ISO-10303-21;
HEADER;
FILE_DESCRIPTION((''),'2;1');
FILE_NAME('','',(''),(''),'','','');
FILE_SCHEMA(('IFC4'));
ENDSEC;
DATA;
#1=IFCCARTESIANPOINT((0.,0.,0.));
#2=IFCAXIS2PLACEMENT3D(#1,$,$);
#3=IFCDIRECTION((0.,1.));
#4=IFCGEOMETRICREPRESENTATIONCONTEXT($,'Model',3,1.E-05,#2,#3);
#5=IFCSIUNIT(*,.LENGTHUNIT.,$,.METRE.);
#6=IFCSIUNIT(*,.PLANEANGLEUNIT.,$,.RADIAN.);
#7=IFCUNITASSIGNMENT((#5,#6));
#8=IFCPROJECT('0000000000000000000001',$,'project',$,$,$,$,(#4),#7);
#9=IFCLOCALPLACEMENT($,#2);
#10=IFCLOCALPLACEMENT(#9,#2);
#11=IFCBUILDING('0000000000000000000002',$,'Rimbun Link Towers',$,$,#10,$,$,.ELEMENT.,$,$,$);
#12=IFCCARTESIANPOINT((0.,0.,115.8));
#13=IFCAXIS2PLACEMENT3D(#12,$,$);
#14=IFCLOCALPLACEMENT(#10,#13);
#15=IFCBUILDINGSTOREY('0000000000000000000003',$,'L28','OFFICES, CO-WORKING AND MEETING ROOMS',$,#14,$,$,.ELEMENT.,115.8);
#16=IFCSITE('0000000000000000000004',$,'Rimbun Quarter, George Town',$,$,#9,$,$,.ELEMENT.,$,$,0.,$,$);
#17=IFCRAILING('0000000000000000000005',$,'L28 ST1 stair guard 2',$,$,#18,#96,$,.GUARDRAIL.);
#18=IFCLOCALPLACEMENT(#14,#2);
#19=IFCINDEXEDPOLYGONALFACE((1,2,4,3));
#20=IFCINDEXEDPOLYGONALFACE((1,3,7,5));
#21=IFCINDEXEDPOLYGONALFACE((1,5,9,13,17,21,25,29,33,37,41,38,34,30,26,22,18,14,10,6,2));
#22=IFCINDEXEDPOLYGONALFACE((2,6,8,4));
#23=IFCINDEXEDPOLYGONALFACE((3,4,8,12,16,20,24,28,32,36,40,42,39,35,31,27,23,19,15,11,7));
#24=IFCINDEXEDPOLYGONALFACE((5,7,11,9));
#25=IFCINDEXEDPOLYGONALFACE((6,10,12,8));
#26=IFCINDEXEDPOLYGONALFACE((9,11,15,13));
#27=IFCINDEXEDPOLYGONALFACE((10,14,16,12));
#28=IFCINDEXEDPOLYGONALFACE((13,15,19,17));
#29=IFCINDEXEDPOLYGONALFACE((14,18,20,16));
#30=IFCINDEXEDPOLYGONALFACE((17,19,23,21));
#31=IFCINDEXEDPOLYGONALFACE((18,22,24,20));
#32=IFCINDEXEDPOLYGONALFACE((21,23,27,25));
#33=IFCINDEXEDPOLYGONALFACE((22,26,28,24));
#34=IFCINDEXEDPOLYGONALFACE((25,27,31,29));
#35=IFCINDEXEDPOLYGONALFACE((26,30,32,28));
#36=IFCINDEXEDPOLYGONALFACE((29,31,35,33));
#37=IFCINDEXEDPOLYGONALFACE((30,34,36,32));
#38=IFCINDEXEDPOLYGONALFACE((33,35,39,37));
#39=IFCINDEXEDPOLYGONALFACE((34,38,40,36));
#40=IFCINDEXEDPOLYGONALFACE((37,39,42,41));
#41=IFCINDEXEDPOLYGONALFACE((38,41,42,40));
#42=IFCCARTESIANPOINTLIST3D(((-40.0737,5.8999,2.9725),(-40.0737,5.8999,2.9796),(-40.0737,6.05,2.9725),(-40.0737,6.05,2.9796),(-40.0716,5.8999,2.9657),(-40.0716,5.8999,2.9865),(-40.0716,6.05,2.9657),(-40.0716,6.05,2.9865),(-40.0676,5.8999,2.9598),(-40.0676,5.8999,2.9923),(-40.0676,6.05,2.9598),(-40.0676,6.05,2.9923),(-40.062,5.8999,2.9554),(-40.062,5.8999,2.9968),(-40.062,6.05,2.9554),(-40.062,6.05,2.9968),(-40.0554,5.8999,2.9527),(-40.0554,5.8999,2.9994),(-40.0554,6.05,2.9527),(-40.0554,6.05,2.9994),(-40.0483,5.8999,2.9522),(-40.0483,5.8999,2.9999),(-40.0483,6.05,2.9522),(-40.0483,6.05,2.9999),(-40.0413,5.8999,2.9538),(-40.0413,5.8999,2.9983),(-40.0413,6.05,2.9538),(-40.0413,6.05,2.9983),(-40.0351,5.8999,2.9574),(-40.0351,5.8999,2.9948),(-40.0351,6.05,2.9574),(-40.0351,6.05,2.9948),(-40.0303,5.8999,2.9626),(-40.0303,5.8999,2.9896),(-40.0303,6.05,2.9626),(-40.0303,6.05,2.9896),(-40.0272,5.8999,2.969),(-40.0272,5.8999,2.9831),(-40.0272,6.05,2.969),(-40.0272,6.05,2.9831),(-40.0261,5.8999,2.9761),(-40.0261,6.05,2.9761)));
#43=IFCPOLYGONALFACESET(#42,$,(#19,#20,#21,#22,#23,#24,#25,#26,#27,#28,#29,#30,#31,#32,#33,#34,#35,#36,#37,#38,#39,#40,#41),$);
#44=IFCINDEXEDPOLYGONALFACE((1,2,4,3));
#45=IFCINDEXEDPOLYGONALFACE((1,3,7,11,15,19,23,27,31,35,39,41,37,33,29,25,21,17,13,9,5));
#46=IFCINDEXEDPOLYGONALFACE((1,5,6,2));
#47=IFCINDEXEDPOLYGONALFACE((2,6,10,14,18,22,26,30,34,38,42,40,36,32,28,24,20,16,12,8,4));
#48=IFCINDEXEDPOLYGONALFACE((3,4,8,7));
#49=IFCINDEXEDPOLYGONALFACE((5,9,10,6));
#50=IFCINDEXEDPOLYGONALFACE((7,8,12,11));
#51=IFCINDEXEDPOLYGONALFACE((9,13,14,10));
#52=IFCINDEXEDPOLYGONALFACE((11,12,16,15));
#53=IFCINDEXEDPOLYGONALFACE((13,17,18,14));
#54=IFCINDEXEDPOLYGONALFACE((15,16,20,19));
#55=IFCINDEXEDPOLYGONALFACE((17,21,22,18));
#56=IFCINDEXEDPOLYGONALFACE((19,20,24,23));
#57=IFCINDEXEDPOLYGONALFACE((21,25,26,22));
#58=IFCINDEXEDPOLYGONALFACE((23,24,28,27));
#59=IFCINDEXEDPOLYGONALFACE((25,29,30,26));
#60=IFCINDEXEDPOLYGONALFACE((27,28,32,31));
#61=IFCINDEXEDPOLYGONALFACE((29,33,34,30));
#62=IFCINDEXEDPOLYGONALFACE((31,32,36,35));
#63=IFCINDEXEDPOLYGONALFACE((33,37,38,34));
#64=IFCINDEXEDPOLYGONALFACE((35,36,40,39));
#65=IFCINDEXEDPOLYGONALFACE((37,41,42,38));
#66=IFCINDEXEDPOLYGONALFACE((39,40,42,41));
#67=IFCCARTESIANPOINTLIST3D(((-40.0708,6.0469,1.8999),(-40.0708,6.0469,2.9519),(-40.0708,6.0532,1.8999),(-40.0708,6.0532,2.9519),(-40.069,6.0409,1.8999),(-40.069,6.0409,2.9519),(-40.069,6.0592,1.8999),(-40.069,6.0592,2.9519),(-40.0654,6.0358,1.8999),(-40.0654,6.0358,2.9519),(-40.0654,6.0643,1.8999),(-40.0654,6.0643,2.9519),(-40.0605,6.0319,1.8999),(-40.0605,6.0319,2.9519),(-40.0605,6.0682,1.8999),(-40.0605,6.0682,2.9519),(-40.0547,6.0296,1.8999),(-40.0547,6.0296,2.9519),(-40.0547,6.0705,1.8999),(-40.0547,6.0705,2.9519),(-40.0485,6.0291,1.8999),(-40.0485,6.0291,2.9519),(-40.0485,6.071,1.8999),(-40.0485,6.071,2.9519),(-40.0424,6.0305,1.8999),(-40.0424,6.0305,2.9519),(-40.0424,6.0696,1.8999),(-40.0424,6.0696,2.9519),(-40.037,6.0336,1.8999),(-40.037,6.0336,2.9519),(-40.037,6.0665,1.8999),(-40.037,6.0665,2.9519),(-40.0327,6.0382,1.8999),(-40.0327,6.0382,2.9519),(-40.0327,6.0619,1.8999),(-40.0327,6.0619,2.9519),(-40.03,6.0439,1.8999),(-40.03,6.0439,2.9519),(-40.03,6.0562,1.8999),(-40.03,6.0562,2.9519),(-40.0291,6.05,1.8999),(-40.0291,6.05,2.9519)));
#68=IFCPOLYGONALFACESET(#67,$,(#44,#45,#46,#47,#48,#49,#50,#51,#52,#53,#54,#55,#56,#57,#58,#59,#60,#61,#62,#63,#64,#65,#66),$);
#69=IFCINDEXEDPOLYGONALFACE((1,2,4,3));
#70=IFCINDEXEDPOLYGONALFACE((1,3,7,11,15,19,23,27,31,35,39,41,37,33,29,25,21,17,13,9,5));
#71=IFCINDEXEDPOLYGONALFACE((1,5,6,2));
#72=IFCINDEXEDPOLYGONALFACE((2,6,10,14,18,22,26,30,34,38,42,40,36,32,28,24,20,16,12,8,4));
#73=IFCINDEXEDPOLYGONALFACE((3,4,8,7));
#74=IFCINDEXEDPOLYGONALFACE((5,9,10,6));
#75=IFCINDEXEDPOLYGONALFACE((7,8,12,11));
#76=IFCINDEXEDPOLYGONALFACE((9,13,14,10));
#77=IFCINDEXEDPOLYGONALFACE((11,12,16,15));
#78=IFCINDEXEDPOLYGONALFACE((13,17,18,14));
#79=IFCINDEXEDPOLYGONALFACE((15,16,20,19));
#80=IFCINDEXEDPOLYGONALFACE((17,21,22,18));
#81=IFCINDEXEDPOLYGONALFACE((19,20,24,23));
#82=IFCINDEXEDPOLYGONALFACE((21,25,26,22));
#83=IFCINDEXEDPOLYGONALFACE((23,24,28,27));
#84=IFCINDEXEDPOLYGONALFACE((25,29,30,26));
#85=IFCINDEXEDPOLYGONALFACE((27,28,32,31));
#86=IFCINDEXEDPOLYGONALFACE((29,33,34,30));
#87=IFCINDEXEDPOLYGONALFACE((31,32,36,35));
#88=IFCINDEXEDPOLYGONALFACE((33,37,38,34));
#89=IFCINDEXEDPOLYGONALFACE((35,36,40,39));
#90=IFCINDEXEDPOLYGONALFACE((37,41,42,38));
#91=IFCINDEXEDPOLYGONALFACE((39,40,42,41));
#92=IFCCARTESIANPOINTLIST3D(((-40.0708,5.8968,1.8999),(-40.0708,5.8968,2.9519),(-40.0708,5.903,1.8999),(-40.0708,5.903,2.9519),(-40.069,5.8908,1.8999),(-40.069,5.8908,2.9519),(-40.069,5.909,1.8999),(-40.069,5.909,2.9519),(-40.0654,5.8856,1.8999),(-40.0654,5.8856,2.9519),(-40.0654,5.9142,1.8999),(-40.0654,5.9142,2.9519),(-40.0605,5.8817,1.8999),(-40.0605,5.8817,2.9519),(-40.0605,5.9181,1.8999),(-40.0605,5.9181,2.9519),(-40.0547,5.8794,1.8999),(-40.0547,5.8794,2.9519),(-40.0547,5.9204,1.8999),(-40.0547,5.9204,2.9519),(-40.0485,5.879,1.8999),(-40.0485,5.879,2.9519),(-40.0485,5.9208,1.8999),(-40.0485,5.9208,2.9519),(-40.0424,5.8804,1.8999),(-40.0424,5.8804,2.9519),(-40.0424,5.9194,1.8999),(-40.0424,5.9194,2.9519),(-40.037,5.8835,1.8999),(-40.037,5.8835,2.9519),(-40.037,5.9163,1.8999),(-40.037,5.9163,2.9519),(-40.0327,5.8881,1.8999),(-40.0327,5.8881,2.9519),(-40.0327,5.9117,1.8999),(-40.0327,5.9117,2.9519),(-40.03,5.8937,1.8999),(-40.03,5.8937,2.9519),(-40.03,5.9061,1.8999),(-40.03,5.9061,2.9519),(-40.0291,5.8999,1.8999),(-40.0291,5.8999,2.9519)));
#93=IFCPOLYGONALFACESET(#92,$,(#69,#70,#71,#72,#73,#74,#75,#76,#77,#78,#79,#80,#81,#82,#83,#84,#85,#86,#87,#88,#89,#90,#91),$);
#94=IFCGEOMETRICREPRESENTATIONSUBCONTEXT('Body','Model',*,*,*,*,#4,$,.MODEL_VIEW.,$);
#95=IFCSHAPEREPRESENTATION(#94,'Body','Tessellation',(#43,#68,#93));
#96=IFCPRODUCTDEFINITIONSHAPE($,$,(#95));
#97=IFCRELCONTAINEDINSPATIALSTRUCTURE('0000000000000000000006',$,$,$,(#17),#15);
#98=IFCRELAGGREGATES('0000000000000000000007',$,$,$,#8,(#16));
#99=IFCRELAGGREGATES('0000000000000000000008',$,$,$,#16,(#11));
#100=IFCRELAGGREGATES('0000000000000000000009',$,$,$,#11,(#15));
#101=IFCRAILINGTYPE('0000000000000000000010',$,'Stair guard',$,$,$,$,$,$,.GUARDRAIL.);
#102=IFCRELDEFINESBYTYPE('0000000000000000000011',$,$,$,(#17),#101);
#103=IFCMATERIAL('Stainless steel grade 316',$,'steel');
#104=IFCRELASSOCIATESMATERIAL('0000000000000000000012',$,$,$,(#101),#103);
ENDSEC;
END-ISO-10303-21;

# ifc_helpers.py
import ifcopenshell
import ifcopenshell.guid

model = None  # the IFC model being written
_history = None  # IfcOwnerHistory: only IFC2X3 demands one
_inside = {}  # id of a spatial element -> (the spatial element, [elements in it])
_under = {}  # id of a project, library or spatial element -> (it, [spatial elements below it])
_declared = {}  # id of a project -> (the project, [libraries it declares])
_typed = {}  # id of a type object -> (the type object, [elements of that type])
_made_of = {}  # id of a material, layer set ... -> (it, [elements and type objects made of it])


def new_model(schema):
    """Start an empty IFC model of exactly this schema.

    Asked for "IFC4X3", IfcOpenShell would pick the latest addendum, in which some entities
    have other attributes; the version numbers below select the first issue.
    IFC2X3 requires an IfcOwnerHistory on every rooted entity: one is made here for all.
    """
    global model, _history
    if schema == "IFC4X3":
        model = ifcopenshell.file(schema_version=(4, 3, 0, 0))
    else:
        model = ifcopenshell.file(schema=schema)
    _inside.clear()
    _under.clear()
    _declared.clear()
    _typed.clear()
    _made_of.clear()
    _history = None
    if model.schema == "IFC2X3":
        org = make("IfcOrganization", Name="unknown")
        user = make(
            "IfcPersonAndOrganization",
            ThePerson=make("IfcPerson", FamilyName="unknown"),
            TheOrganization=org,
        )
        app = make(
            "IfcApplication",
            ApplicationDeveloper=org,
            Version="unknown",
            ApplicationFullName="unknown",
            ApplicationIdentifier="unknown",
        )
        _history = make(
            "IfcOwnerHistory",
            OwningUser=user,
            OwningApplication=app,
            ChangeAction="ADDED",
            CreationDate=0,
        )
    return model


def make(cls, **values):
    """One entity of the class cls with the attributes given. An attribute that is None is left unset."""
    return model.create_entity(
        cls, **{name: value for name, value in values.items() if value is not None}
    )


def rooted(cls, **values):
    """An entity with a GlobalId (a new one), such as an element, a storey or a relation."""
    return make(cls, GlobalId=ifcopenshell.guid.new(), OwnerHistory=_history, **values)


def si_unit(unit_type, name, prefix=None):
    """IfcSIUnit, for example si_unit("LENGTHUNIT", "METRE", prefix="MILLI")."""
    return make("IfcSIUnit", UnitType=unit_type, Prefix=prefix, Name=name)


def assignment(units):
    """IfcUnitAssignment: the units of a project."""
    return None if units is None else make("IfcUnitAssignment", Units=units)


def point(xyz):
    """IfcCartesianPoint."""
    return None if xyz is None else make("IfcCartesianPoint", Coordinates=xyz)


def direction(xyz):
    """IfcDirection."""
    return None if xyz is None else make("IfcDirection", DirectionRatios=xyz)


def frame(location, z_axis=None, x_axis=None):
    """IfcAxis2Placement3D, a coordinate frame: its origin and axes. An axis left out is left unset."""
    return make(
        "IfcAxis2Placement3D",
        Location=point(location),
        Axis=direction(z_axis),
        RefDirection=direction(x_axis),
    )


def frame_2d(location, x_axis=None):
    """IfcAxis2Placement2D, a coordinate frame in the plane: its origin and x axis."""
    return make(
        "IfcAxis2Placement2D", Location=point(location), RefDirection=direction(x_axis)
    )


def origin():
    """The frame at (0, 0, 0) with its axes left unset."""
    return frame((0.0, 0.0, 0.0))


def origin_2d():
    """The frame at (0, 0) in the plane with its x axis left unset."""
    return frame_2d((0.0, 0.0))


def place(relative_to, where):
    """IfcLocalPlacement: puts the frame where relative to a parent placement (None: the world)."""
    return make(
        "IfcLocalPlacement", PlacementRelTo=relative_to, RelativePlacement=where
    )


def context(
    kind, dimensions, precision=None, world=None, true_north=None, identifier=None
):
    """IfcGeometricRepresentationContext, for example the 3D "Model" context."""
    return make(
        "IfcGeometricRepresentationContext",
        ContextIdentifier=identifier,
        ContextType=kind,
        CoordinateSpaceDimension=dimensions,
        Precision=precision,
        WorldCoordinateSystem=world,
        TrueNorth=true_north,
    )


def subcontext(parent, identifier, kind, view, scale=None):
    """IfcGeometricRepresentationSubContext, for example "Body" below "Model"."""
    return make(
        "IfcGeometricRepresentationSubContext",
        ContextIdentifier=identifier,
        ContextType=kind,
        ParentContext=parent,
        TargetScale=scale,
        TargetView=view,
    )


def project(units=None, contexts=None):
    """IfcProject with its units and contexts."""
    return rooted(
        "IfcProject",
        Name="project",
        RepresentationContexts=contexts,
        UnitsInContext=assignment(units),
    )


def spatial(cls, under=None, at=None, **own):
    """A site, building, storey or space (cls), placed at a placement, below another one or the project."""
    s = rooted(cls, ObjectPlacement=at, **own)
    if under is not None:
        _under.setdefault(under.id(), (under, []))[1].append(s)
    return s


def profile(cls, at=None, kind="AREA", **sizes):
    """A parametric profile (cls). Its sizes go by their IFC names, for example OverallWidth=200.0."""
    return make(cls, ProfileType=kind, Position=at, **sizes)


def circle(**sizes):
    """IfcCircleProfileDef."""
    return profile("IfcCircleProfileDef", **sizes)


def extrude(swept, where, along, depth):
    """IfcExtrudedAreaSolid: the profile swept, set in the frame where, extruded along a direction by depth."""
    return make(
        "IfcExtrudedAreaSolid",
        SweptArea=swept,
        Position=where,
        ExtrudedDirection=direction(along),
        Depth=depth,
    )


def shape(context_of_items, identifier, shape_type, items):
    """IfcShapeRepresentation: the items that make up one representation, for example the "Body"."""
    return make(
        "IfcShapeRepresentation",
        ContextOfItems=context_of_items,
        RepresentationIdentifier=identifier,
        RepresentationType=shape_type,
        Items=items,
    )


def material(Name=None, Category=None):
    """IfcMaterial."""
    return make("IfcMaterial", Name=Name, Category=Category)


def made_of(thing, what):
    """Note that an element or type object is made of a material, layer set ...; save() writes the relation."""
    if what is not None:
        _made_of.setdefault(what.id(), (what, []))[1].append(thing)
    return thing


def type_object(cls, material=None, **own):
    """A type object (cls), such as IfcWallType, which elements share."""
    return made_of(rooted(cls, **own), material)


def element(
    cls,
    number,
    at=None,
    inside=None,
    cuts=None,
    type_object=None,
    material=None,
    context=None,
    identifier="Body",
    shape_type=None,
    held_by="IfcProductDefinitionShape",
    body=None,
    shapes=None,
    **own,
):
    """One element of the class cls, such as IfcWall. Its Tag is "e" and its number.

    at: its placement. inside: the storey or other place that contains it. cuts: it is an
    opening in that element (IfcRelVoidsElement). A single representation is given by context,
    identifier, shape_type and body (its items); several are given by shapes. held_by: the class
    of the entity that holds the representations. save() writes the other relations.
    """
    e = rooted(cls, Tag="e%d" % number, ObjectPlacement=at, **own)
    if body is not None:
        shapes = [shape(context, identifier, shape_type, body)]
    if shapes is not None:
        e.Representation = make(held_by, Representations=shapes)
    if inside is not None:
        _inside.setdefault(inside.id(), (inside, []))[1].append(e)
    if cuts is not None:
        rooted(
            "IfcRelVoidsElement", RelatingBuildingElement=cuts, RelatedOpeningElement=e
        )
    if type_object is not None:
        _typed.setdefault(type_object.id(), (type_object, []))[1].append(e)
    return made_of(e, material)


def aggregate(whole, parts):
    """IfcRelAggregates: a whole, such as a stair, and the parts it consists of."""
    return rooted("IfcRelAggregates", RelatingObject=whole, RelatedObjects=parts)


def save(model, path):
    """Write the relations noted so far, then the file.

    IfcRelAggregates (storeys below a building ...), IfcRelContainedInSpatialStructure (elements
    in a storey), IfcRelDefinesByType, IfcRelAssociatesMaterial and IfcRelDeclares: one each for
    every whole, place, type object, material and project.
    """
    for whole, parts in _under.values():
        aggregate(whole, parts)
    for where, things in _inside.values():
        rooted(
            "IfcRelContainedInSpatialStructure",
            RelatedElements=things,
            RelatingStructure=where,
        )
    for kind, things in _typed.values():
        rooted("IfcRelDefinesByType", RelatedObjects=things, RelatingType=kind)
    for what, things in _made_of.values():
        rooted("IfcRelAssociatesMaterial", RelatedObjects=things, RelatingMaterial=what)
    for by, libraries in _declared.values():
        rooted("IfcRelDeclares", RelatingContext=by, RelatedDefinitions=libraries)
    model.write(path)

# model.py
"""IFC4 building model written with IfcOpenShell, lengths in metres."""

from ifc_helpers import new_model, si_unit, direction, frame, origin, origin_2d, place, context, subcontext, project, spatial, circle, extrude, material, type_object, element, save


model = new_model("IFC4")

# Units and contexts
model_context = context("Model", 3, precision=1e-05, world=origin(), true_north=direction((0.0, 1.0)))
body_context = subcontext(model_context, "Body", "Model", "MODEL_VIEW")
ifc_project = project(units=[si_unit("LENGTHUNIT", "METRE"), si_unit("PLANEANGLEUNIT", "RADIAN")], contexts=[model_context])

# Site, building, storey
site_placement = place(None, origin())
site = spatial("IfcSite", under=ifc_project, at=site_placement, Name="Rimbun Quarter, George Town", CompositionType="ELEMENT", RefElevation=0.0)
building_placement = place(site_placement, origin())
building = spatial("IfcBuilding", under=site, at=building_placement, Name="Rimbun Link Towers", CompositionType="ELEMENT")
storey_placement = place(building_placement, frame((0.0, 0.0, 115.8)))
storey = spatial("IfcBuildingStorey", under=building, at=storey_placement, Name="L28", Description="OFFICES, CO-WORKING AND MEETING ROOMS", CompositionType="ELEMENT", Elevation=115.8)

# Railing
ifc_material_1 = material(Name="Stainless steel grade 316", Category="steel")
railing_type_1 = type_object("IfcRailingType", Name="Stair guard", PredefinedType="GUARDRAIL", material=ifc_material_1)
railing_1_placement = place(storey_placement, frame((-40.05, 6.05, 1.8999)))
element("IfcRailing", 1, at=railing_1_placement, inside=storey, type_object=railing_type_1, Name="L28 ST1 stair guard 2", PredefinedType="GUARDRAIL", context=body_context, shape_type="SweptSolid", body=[
    extrude(circle(Radius=0.0239, at=origin_2d()), frame((0.0, 0.0, 1.0762), z_axis=(0.0, -1.0, 0.0), x_axis=(1.0, 0.0, 0.0)), (0.0, 0.0, 1.0), 0.1501),
    extrude(circle(Radius=0.021, at=origin_2d()), origin(), (0.0, 0.0, 1.0), 1.052),
    extrude(circle(Radius=0.021, at=origin_2d()), frame((0.0, -0.1501, 0.0)), (0.0, 0.0, 1.0), 1.052),
])

save(model, "model.ifc")
